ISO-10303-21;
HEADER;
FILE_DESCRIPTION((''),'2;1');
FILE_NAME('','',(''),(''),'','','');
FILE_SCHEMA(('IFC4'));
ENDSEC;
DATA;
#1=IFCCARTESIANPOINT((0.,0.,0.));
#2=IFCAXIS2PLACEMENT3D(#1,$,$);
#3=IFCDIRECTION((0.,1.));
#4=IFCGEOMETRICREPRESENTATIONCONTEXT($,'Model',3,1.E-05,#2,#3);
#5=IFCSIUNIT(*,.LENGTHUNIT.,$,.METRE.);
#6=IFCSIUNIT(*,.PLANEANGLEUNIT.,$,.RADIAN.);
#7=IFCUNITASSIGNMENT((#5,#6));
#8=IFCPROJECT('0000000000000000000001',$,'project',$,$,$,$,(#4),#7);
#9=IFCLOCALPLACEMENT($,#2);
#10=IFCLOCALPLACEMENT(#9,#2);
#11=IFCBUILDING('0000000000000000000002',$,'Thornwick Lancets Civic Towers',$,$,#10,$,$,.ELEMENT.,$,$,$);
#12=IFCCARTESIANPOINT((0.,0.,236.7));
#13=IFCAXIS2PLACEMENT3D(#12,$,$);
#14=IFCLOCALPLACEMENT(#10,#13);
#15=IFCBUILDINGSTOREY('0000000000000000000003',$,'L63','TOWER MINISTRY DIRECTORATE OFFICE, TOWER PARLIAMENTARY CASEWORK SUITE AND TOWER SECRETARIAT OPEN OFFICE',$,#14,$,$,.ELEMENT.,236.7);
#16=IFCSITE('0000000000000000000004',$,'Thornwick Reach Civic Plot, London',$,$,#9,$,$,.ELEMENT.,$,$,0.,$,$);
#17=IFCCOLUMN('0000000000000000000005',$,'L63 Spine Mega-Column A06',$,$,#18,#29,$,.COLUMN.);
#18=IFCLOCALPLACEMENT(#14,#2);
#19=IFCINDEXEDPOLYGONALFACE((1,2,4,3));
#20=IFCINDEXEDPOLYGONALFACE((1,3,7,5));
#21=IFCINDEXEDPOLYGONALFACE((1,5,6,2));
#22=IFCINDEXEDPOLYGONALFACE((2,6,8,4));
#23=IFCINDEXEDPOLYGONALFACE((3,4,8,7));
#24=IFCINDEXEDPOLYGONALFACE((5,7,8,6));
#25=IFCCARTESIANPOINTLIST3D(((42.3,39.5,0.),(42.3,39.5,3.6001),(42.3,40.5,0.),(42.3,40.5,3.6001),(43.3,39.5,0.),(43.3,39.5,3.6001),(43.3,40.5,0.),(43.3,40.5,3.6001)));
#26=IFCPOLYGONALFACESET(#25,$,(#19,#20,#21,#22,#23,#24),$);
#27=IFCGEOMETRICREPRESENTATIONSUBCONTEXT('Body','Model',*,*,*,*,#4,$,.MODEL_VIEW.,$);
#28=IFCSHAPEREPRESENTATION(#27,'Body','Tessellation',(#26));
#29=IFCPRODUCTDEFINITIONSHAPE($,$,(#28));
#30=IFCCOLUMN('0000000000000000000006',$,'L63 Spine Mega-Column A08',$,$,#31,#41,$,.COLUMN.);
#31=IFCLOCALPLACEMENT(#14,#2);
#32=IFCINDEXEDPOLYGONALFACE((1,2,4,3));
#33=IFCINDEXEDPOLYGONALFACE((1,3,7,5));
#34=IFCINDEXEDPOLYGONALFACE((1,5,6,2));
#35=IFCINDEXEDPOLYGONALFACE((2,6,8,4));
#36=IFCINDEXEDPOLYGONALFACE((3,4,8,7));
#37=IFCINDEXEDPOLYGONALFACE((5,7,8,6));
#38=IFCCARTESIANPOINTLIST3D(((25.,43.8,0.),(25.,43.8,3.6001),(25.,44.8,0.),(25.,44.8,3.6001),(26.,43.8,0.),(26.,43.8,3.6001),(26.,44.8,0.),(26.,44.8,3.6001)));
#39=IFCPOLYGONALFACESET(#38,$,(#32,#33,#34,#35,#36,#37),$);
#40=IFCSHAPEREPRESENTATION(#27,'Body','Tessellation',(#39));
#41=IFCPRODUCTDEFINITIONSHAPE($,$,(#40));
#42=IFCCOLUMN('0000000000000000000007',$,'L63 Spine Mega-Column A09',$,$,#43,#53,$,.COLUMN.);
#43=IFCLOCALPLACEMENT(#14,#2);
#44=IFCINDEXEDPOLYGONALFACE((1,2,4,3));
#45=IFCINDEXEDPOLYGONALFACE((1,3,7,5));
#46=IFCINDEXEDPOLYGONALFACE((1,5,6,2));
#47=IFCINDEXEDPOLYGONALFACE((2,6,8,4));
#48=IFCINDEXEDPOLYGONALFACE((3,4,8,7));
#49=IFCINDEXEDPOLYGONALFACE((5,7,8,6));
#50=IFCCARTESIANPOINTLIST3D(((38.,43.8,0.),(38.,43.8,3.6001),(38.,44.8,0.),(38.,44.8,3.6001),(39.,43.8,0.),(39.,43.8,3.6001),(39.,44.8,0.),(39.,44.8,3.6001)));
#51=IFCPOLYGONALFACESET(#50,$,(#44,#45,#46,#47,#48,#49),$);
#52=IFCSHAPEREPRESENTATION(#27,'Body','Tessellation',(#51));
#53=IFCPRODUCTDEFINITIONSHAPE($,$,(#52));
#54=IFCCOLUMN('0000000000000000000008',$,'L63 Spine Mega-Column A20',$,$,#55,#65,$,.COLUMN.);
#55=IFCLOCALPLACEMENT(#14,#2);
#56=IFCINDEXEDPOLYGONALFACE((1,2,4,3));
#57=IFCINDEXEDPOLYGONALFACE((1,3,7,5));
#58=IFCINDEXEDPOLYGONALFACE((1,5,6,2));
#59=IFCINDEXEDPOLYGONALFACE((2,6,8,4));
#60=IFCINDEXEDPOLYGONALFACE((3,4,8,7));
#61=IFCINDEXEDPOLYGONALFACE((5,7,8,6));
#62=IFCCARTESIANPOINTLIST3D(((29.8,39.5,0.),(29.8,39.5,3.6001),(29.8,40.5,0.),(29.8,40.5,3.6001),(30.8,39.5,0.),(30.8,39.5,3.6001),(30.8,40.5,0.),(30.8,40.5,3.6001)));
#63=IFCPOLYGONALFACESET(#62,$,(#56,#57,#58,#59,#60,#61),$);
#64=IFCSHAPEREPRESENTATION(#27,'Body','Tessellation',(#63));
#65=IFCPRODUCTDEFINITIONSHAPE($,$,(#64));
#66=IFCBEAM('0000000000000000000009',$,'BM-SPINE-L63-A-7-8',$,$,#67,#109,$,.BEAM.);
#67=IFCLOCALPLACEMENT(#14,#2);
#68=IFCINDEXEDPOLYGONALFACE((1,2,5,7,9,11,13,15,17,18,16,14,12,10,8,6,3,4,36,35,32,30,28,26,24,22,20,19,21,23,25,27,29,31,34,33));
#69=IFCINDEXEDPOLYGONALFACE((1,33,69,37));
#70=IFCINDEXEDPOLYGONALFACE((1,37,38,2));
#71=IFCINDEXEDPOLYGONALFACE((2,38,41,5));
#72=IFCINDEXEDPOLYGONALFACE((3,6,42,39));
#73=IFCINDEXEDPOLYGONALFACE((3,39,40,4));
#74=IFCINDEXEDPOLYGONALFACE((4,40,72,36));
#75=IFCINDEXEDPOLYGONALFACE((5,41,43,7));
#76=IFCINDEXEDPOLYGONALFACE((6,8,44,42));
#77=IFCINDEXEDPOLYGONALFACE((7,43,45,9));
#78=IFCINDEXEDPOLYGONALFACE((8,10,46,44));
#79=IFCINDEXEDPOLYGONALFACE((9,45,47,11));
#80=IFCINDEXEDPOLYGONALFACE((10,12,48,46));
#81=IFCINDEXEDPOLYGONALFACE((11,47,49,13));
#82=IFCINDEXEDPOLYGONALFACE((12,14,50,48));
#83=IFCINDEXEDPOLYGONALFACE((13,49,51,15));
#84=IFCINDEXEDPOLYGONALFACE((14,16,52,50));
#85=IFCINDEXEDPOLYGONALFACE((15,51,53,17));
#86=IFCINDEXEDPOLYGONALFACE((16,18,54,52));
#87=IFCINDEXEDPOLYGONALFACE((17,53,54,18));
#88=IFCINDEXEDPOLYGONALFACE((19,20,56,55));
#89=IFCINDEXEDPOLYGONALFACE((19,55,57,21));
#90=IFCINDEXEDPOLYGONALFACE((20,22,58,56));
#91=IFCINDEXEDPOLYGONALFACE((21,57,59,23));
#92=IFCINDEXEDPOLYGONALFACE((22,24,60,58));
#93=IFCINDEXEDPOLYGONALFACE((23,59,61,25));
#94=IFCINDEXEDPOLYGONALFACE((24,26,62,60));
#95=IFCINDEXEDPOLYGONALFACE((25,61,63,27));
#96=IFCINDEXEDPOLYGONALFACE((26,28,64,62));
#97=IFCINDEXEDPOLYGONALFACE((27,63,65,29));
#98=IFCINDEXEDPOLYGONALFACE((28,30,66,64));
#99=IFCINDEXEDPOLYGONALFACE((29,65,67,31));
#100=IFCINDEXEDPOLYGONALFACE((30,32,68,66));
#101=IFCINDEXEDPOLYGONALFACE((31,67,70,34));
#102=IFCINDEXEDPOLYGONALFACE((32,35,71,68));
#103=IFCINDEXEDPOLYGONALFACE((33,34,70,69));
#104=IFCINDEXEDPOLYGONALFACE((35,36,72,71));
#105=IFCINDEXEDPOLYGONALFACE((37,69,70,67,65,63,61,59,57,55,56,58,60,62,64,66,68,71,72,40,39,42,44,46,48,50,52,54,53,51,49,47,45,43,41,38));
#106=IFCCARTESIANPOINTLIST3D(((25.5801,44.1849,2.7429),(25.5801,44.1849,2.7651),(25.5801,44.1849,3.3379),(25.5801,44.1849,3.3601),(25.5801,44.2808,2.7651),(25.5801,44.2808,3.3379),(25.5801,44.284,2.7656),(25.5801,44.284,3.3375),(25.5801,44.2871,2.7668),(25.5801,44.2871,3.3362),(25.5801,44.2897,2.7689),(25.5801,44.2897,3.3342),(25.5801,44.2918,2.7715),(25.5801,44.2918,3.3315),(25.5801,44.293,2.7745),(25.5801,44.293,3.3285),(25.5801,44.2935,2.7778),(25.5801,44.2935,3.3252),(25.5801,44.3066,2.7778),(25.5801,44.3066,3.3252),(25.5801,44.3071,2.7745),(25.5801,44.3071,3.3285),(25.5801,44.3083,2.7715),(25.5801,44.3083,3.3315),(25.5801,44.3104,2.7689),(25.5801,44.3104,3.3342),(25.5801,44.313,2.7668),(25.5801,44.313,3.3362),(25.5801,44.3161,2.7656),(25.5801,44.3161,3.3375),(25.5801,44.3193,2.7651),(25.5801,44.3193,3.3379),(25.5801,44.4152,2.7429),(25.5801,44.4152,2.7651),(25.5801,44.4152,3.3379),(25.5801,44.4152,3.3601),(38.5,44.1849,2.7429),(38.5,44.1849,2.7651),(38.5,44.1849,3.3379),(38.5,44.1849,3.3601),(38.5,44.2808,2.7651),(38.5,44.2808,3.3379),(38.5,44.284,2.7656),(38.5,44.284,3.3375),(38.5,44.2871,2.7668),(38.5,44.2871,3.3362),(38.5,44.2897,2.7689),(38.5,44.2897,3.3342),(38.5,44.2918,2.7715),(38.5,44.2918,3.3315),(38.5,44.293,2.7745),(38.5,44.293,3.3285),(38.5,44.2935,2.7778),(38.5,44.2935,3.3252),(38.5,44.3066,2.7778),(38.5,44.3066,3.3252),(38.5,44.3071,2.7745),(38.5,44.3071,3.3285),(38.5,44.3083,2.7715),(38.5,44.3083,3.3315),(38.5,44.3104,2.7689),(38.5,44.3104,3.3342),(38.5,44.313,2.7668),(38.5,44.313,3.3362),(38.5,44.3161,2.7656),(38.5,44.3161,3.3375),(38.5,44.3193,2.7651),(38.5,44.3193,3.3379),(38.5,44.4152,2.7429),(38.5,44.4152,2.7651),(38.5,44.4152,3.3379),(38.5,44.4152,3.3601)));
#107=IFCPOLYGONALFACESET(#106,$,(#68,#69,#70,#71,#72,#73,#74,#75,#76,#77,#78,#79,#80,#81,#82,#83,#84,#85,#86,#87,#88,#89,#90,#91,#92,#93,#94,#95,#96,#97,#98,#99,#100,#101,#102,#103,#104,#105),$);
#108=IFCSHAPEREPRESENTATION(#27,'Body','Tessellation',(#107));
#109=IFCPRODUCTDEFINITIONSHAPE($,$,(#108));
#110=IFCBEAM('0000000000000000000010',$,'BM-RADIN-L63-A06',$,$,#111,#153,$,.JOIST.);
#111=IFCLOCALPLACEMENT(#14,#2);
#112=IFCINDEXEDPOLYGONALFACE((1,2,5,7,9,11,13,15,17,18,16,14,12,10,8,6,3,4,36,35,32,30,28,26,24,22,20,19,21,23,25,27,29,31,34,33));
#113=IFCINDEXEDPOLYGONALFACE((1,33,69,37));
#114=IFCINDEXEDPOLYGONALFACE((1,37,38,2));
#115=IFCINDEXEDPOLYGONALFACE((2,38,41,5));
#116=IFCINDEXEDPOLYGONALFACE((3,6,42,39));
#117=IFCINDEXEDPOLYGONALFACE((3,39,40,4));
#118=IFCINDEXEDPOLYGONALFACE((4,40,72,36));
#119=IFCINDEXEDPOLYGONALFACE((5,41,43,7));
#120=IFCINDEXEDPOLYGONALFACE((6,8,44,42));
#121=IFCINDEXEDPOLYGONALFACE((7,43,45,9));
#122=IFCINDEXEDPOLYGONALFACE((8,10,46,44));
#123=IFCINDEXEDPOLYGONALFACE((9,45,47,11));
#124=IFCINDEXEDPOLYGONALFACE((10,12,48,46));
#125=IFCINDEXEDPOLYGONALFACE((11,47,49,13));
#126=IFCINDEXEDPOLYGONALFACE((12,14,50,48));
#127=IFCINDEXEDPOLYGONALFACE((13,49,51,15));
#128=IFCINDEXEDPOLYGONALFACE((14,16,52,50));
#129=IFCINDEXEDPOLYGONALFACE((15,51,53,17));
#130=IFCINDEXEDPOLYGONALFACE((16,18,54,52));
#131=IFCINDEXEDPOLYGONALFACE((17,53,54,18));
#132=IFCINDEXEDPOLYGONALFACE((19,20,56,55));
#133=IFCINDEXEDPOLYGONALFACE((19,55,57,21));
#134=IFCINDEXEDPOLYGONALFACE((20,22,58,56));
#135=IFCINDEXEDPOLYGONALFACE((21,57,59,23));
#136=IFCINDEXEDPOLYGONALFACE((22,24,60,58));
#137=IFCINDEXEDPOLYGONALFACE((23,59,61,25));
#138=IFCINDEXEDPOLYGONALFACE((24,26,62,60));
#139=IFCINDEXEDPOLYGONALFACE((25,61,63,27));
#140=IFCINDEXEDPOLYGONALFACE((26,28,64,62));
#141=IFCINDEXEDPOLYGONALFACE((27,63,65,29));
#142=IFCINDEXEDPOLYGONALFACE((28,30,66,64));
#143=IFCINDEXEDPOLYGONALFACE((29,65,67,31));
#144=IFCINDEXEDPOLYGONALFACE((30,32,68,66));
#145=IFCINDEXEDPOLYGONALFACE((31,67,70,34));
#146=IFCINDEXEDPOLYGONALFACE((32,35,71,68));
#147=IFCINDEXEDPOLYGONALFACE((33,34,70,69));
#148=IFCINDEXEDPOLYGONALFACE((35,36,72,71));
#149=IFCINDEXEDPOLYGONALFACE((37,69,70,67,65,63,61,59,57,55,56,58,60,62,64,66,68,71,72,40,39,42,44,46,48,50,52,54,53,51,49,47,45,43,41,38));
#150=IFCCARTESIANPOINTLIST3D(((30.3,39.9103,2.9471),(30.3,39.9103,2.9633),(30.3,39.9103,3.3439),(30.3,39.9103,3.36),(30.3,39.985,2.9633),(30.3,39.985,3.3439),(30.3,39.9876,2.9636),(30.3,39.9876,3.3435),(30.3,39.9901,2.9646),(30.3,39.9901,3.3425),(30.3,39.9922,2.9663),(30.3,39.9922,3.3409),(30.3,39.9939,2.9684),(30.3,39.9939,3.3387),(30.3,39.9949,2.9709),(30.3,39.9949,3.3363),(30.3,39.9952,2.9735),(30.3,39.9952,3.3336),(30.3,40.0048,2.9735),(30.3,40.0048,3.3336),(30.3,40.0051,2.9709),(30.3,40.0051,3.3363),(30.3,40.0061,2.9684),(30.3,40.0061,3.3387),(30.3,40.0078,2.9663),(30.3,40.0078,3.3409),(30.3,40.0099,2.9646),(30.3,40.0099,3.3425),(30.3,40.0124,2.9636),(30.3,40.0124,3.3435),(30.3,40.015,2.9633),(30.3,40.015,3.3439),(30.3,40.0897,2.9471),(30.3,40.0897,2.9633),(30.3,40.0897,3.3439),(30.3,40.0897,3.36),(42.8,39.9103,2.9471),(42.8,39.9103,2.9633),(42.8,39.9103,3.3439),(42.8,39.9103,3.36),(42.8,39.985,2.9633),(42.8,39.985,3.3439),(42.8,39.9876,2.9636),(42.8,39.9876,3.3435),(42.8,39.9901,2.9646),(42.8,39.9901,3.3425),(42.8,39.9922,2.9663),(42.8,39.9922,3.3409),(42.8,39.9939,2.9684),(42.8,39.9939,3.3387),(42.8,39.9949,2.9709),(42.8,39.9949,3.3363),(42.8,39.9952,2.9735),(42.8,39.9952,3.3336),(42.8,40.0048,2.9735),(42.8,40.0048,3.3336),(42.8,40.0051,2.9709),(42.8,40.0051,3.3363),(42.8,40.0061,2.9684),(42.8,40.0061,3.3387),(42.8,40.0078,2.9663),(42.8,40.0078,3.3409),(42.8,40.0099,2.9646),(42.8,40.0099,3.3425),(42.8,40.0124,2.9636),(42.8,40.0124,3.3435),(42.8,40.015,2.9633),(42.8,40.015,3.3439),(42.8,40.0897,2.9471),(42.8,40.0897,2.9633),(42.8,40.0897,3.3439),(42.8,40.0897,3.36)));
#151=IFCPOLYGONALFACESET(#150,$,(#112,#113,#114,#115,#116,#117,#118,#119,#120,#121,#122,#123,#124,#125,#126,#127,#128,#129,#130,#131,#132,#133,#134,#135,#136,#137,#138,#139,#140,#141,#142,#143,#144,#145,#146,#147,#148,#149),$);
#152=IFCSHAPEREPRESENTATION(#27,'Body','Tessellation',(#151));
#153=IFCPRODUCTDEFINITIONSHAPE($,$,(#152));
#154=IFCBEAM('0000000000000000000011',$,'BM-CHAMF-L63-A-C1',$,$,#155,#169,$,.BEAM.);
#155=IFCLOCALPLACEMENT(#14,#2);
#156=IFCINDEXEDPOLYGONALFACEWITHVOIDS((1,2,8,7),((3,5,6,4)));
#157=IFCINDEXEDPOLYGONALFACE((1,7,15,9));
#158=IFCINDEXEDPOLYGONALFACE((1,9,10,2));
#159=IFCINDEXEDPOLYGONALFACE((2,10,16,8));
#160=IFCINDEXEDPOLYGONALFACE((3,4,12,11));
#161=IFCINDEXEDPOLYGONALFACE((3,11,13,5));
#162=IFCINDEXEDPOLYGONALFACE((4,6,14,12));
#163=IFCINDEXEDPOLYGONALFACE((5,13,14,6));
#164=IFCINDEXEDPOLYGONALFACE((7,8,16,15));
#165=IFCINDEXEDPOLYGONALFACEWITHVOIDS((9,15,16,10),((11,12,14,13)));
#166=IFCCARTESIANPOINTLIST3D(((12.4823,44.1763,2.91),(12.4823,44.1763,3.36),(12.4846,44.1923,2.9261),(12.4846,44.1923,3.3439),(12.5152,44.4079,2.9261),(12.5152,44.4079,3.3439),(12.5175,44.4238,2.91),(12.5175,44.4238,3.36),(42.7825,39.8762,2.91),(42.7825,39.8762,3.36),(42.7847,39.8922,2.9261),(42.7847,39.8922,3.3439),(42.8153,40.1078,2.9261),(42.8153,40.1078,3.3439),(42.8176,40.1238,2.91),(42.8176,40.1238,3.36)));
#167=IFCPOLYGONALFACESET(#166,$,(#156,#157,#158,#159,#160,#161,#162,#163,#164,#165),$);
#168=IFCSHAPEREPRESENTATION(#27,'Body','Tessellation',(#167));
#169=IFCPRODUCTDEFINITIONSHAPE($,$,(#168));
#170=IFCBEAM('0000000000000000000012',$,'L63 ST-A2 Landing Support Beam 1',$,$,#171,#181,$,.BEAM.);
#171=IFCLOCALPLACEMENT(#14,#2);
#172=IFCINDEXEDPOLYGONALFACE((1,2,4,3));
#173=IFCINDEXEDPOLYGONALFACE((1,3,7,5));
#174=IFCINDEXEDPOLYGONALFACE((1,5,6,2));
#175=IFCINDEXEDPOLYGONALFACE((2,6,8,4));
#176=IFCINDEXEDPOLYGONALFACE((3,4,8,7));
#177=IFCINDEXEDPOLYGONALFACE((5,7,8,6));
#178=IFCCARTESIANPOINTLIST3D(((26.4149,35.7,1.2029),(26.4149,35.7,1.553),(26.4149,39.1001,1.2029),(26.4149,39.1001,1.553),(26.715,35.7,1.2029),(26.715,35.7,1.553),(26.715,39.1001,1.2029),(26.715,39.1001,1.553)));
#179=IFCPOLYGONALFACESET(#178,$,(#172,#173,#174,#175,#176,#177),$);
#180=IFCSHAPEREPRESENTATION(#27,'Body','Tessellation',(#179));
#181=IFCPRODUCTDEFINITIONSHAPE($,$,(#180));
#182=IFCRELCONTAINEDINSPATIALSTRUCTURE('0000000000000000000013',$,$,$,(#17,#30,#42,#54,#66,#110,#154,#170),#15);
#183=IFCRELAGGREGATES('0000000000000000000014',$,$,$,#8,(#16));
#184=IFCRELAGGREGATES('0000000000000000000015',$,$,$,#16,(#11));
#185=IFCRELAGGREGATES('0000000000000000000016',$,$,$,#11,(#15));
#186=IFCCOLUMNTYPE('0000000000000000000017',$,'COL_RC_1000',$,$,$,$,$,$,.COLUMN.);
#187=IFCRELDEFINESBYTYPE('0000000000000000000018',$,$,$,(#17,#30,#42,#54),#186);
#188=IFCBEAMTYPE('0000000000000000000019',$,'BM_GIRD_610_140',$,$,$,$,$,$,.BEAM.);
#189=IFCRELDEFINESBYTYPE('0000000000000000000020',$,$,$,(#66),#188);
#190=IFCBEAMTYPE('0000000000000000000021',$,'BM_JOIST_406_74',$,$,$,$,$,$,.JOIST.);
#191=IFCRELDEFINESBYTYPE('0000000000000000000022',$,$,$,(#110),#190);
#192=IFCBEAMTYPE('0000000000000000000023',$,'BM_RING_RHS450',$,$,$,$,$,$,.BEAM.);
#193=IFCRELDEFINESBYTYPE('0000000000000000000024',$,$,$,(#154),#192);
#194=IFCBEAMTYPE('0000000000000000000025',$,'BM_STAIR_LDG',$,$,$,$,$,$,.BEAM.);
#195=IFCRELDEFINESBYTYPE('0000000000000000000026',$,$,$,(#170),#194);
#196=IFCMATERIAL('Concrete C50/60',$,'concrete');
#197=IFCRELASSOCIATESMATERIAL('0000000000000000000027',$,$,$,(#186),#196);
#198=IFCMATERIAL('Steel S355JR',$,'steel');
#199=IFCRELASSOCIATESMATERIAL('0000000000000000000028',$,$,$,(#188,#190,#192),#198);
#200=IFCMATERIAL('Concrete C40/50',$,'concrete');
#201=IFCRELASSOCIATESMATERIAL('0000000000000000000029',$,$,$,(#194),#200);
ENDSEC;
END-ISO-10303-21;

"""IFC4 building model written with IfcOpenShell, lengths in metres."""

from ifc_helpers import new_model, si_unit, direction, frame, origin, origin_2d, place, context, subcontext, project, spatial, rectangle, hollow_rectangle, i_section, extrude, material, material_profile, profile_set, type_object, element, save


model = new_model("IFC4")

# Units and contexts
model_context = context("Model", 3, precision=1e-05, world=origin(), true_north=direction((0.0, 1.0)))
body_context = subcontext(model_context, "Body", "Model", "MODEL_VIEW")
ifc_project = project(units=[si_unit("LENGTHUNIT", "METRE"), si_unit("PLANEANGLEUNIT", "RADIAN")], contexts=[model_context])

# Site, building, storey
site_placement = place(None, origin())
site = spatial("IfcSite", under=ifc_project, at=site_placement, Name="Thornwick Reach Civic Plot, London", CompositionType="ELEMENT", RefElevation=0.0)
building_placement = place(site_placement, origin())
building = spatial("IfcBuilding", under=site, at=building_placement, Name="Thornwick Lancets Civic Towers", CompositionType="ELEMENT")
storey_placement = place(building_placement, frame((0.0, 0.0, 236.7)))
storey = spatial("IfcBuildingStorey", under=building, at=storey_placement, Name="L63", Description="TOWER MINISTRY DIRECTORATE OFFICE, TOWER PARLIAMENTARY CASEWORK SUITE AND TOWER SECRETARIAT OPEN OFFICE", CompositionType="ELEMENT", Elevation=236.7)

# Columns
ifc_material_1 = material(Name="Concrete C50/60", Category="concrete")
ifc_material_profile_1 = material_profile(ifc_material_1, rectangle(XDim=1.0, YDim=1.0, at=origin_2d()), Name="RC 1000x1000")
ifc_profile_set_1 = profile_set([ifc_material_profile_1], Name="Concrete C50/60")
column_type = type_object("IfcColumnType", Name="COL_RC_1000", PredefinedType="COLUMN", material=ifc_profile_set_1)
for number, where, z_axis, x_axis, name in (
    (1, (42.8, 40.0, 0.0), (0.0, 0.0, 1.0), (1.0, 0.0, 0.0), "L63 Spine Mega-Column A06"),
    (2, (25.5, 44.3, 0.0), (0.0, 0.0, 1.0), (1.0, 0.0, 0.0), "L63 Spine Mega-Column A08"),
    (3, (38.5, 44.3, 0.0), (0.0, 0.0, 1.0), (1.0, 0.0, 0.0), "L63 Spine Mega-Column A09"),
    (4, (30.3, 40.0, 0.0), (0.0, 0.0, 1.0), (1.0, 0.0, 0.0), "L63 Spine Mega-Column A20"),
):
    element("IfcColumn", number, at=place(storey_placement, frame(where, z_axis=z_axis, x_axis=x_axis)), inside=storey, type_object=column_type, Name=name, PredefinedType="COLUMN", context=body_context, shape_type="SweptSolid", body=[
        extrude(rectangle(XDim=1.0, YDim=1.0, at=origin_2d()), origin(), (0.0, 0.0, 1.0), 3.6001),
    ])

# Beams
ifc_material_2 = material(Name="Steel S355JR", Category="steel")
ifc_material_profile_2 = material_profile(ifc_material_2, i_section(OverallWidth=0.2302, OverallDepth=0.6172, WebThickness=0.0132, FlangeThickness=0.0222, FilletRadius=0.0127, at=origin_2d()), Name="UKB 610x229x140")
ifc_profile_set_2 = profile_set([ifc_material_profile_2], Name="Steel S355JR")
beam_type_1 = type_object("IfcBeamType", Name="BM_GIRD_610_140", PredefinedType="BEAM", material=ifc_profile_set_2)
beam_1_placement = place(storey_placement, frame((25.5801, 44.3, 3.0515), z_axis=(1.0, 0.0, 0.0), x_axis=(0.0, 1.0, 0.0)))
element("IfcBeam", 5, at=beam_1_placement, inside=storey, type_object=beam_type_1, Name="BM-SPINE-L63-A-7-8", PredefinedType="BEAM", context=body_context, shape_type="SweptSolid", body=[
    extrude(i_section(OverallWidth=0.2302, OverallDepth=0.6172, WebThickness=0.0132, FlangeThickness=0.0222, FilletRadius=0.0127, at=origin_2d()), origin(), (0.0, 0.0, 1.0), 12.9199),
])
ifc_material_profile_3 = material_profile(ifc_material_2, i_section(OverallWidth=0.1794, OverallDepth=0.4128, WebThickness=0.0095, FlangeThickness=0.0161, FilletRadius=0.0103, at=origin_2d()), Name="UKB 406x178x74")
ifc_profile_set_3 = profile_set([ifc_material_profile_3], Name="Steel S355JR")
beam_type_2 = type_object("IfcBeamType", Name="BM_JOIST_406_74", PredefinedType="JOIST", material=ifc_profile_set_3)
beam_2_placement = place(storey_placement, frame((30.3, 40.0, 3.1536), z_axis=(1.0, 0.0, 0.0), x_axis=(0.0, 1.0, 0.0)))
element("IfcBeam", 6, at=beam_2_placement, inside=storey, type_object=beam_type_2, Name="BM-RADIN-L63-A06", PredefinedType="JOIST", context=body_context, shape_type="SweptSolid", body=[
    extrude(i_section(OverallWidth=0.1794, OverallDepth=0.4128, WebThickness=0.0095, FlangeThickness=0.0161, FilletRadius=0.0103, at=origin_2d()), origin(), (0.0, 0.0, 1.0), 12.5),
])
ifc_material_profile_4 = material_profile(ifc_material_2, hollow_rectangle(XDim=0.25, YDim=0.45, WallThickness=0.0161, at=origin_2d()), Name="RHS 450x250x16")
ifc_profile_set_4 = profile_set([ifc_material_profile_4], Name="Steel S355JR")
beam_type_3 = type_object("IfcBeamType", Name="BM_RING_RHS450", PredefinedType="BEAM", material=ifc_profile_set_4)
beam_3_placement = place(storey_placement, frame((42.8, 40.0, 3.135), z_axis=(-0.99008, 0.140508, 0.0), x_axis=(-0.140508, -0.99008, 0.0)))
element("IfcBeam", 7, at=beam_3_placement, inside=storey, type_object=beam_type_3, Name="BM-CHAMF-L63-A-C1", PredefinedType="BEAM", context=body_context, shape_type="SweptSolid", body=[
    extrude(hollow_rectangle(XDim=0.25, YDim=0.45, WallThickness=0.0161, at=origin_2d()), origin(), (0.0, 0.0, 1.0), 30.6038),
])
ifc_material_3 = material(Name="Concrete C40/50", Category="concrete")
ifc_material_profile_5 = material_profile(ifc_material_3, rectangle(XDim=0.3, YDim=0.3501, at=origin_2d()), Name="RC 300x350")
ifc_profile_set_5 = profile_set([ifc_material_profile_5], Name="Concrete C40/50")
beam_type_4 = type_object("IfcBeamType", Name="BM_STAIR_LDG", PredefinedType="BEAM", material=ifc_profile_set_5)
beam_4_placement = place(storey_placement, frame((26.5649, 39.1001, 1.3779), z_axis=(0.0, -1.0, 0.0), x_axis=(1.0, 0.0, 0.0)))
element("IfcBeam", 8, at=beam_4_placement, inside=storey, type_object=beam_type_4, Name="L63 ST-A2 Landing Support Beam 1", PredefinedType="BEAM", context=body_context, shape_type="SweptSolid", body=[
    extrude(rectangle(XDim=0.3, YDim=0.3501, at=origin_2d()), origin(), (0.0, 0.0, 1.0), 3.4001),
])

save(model, "model.ifc")
